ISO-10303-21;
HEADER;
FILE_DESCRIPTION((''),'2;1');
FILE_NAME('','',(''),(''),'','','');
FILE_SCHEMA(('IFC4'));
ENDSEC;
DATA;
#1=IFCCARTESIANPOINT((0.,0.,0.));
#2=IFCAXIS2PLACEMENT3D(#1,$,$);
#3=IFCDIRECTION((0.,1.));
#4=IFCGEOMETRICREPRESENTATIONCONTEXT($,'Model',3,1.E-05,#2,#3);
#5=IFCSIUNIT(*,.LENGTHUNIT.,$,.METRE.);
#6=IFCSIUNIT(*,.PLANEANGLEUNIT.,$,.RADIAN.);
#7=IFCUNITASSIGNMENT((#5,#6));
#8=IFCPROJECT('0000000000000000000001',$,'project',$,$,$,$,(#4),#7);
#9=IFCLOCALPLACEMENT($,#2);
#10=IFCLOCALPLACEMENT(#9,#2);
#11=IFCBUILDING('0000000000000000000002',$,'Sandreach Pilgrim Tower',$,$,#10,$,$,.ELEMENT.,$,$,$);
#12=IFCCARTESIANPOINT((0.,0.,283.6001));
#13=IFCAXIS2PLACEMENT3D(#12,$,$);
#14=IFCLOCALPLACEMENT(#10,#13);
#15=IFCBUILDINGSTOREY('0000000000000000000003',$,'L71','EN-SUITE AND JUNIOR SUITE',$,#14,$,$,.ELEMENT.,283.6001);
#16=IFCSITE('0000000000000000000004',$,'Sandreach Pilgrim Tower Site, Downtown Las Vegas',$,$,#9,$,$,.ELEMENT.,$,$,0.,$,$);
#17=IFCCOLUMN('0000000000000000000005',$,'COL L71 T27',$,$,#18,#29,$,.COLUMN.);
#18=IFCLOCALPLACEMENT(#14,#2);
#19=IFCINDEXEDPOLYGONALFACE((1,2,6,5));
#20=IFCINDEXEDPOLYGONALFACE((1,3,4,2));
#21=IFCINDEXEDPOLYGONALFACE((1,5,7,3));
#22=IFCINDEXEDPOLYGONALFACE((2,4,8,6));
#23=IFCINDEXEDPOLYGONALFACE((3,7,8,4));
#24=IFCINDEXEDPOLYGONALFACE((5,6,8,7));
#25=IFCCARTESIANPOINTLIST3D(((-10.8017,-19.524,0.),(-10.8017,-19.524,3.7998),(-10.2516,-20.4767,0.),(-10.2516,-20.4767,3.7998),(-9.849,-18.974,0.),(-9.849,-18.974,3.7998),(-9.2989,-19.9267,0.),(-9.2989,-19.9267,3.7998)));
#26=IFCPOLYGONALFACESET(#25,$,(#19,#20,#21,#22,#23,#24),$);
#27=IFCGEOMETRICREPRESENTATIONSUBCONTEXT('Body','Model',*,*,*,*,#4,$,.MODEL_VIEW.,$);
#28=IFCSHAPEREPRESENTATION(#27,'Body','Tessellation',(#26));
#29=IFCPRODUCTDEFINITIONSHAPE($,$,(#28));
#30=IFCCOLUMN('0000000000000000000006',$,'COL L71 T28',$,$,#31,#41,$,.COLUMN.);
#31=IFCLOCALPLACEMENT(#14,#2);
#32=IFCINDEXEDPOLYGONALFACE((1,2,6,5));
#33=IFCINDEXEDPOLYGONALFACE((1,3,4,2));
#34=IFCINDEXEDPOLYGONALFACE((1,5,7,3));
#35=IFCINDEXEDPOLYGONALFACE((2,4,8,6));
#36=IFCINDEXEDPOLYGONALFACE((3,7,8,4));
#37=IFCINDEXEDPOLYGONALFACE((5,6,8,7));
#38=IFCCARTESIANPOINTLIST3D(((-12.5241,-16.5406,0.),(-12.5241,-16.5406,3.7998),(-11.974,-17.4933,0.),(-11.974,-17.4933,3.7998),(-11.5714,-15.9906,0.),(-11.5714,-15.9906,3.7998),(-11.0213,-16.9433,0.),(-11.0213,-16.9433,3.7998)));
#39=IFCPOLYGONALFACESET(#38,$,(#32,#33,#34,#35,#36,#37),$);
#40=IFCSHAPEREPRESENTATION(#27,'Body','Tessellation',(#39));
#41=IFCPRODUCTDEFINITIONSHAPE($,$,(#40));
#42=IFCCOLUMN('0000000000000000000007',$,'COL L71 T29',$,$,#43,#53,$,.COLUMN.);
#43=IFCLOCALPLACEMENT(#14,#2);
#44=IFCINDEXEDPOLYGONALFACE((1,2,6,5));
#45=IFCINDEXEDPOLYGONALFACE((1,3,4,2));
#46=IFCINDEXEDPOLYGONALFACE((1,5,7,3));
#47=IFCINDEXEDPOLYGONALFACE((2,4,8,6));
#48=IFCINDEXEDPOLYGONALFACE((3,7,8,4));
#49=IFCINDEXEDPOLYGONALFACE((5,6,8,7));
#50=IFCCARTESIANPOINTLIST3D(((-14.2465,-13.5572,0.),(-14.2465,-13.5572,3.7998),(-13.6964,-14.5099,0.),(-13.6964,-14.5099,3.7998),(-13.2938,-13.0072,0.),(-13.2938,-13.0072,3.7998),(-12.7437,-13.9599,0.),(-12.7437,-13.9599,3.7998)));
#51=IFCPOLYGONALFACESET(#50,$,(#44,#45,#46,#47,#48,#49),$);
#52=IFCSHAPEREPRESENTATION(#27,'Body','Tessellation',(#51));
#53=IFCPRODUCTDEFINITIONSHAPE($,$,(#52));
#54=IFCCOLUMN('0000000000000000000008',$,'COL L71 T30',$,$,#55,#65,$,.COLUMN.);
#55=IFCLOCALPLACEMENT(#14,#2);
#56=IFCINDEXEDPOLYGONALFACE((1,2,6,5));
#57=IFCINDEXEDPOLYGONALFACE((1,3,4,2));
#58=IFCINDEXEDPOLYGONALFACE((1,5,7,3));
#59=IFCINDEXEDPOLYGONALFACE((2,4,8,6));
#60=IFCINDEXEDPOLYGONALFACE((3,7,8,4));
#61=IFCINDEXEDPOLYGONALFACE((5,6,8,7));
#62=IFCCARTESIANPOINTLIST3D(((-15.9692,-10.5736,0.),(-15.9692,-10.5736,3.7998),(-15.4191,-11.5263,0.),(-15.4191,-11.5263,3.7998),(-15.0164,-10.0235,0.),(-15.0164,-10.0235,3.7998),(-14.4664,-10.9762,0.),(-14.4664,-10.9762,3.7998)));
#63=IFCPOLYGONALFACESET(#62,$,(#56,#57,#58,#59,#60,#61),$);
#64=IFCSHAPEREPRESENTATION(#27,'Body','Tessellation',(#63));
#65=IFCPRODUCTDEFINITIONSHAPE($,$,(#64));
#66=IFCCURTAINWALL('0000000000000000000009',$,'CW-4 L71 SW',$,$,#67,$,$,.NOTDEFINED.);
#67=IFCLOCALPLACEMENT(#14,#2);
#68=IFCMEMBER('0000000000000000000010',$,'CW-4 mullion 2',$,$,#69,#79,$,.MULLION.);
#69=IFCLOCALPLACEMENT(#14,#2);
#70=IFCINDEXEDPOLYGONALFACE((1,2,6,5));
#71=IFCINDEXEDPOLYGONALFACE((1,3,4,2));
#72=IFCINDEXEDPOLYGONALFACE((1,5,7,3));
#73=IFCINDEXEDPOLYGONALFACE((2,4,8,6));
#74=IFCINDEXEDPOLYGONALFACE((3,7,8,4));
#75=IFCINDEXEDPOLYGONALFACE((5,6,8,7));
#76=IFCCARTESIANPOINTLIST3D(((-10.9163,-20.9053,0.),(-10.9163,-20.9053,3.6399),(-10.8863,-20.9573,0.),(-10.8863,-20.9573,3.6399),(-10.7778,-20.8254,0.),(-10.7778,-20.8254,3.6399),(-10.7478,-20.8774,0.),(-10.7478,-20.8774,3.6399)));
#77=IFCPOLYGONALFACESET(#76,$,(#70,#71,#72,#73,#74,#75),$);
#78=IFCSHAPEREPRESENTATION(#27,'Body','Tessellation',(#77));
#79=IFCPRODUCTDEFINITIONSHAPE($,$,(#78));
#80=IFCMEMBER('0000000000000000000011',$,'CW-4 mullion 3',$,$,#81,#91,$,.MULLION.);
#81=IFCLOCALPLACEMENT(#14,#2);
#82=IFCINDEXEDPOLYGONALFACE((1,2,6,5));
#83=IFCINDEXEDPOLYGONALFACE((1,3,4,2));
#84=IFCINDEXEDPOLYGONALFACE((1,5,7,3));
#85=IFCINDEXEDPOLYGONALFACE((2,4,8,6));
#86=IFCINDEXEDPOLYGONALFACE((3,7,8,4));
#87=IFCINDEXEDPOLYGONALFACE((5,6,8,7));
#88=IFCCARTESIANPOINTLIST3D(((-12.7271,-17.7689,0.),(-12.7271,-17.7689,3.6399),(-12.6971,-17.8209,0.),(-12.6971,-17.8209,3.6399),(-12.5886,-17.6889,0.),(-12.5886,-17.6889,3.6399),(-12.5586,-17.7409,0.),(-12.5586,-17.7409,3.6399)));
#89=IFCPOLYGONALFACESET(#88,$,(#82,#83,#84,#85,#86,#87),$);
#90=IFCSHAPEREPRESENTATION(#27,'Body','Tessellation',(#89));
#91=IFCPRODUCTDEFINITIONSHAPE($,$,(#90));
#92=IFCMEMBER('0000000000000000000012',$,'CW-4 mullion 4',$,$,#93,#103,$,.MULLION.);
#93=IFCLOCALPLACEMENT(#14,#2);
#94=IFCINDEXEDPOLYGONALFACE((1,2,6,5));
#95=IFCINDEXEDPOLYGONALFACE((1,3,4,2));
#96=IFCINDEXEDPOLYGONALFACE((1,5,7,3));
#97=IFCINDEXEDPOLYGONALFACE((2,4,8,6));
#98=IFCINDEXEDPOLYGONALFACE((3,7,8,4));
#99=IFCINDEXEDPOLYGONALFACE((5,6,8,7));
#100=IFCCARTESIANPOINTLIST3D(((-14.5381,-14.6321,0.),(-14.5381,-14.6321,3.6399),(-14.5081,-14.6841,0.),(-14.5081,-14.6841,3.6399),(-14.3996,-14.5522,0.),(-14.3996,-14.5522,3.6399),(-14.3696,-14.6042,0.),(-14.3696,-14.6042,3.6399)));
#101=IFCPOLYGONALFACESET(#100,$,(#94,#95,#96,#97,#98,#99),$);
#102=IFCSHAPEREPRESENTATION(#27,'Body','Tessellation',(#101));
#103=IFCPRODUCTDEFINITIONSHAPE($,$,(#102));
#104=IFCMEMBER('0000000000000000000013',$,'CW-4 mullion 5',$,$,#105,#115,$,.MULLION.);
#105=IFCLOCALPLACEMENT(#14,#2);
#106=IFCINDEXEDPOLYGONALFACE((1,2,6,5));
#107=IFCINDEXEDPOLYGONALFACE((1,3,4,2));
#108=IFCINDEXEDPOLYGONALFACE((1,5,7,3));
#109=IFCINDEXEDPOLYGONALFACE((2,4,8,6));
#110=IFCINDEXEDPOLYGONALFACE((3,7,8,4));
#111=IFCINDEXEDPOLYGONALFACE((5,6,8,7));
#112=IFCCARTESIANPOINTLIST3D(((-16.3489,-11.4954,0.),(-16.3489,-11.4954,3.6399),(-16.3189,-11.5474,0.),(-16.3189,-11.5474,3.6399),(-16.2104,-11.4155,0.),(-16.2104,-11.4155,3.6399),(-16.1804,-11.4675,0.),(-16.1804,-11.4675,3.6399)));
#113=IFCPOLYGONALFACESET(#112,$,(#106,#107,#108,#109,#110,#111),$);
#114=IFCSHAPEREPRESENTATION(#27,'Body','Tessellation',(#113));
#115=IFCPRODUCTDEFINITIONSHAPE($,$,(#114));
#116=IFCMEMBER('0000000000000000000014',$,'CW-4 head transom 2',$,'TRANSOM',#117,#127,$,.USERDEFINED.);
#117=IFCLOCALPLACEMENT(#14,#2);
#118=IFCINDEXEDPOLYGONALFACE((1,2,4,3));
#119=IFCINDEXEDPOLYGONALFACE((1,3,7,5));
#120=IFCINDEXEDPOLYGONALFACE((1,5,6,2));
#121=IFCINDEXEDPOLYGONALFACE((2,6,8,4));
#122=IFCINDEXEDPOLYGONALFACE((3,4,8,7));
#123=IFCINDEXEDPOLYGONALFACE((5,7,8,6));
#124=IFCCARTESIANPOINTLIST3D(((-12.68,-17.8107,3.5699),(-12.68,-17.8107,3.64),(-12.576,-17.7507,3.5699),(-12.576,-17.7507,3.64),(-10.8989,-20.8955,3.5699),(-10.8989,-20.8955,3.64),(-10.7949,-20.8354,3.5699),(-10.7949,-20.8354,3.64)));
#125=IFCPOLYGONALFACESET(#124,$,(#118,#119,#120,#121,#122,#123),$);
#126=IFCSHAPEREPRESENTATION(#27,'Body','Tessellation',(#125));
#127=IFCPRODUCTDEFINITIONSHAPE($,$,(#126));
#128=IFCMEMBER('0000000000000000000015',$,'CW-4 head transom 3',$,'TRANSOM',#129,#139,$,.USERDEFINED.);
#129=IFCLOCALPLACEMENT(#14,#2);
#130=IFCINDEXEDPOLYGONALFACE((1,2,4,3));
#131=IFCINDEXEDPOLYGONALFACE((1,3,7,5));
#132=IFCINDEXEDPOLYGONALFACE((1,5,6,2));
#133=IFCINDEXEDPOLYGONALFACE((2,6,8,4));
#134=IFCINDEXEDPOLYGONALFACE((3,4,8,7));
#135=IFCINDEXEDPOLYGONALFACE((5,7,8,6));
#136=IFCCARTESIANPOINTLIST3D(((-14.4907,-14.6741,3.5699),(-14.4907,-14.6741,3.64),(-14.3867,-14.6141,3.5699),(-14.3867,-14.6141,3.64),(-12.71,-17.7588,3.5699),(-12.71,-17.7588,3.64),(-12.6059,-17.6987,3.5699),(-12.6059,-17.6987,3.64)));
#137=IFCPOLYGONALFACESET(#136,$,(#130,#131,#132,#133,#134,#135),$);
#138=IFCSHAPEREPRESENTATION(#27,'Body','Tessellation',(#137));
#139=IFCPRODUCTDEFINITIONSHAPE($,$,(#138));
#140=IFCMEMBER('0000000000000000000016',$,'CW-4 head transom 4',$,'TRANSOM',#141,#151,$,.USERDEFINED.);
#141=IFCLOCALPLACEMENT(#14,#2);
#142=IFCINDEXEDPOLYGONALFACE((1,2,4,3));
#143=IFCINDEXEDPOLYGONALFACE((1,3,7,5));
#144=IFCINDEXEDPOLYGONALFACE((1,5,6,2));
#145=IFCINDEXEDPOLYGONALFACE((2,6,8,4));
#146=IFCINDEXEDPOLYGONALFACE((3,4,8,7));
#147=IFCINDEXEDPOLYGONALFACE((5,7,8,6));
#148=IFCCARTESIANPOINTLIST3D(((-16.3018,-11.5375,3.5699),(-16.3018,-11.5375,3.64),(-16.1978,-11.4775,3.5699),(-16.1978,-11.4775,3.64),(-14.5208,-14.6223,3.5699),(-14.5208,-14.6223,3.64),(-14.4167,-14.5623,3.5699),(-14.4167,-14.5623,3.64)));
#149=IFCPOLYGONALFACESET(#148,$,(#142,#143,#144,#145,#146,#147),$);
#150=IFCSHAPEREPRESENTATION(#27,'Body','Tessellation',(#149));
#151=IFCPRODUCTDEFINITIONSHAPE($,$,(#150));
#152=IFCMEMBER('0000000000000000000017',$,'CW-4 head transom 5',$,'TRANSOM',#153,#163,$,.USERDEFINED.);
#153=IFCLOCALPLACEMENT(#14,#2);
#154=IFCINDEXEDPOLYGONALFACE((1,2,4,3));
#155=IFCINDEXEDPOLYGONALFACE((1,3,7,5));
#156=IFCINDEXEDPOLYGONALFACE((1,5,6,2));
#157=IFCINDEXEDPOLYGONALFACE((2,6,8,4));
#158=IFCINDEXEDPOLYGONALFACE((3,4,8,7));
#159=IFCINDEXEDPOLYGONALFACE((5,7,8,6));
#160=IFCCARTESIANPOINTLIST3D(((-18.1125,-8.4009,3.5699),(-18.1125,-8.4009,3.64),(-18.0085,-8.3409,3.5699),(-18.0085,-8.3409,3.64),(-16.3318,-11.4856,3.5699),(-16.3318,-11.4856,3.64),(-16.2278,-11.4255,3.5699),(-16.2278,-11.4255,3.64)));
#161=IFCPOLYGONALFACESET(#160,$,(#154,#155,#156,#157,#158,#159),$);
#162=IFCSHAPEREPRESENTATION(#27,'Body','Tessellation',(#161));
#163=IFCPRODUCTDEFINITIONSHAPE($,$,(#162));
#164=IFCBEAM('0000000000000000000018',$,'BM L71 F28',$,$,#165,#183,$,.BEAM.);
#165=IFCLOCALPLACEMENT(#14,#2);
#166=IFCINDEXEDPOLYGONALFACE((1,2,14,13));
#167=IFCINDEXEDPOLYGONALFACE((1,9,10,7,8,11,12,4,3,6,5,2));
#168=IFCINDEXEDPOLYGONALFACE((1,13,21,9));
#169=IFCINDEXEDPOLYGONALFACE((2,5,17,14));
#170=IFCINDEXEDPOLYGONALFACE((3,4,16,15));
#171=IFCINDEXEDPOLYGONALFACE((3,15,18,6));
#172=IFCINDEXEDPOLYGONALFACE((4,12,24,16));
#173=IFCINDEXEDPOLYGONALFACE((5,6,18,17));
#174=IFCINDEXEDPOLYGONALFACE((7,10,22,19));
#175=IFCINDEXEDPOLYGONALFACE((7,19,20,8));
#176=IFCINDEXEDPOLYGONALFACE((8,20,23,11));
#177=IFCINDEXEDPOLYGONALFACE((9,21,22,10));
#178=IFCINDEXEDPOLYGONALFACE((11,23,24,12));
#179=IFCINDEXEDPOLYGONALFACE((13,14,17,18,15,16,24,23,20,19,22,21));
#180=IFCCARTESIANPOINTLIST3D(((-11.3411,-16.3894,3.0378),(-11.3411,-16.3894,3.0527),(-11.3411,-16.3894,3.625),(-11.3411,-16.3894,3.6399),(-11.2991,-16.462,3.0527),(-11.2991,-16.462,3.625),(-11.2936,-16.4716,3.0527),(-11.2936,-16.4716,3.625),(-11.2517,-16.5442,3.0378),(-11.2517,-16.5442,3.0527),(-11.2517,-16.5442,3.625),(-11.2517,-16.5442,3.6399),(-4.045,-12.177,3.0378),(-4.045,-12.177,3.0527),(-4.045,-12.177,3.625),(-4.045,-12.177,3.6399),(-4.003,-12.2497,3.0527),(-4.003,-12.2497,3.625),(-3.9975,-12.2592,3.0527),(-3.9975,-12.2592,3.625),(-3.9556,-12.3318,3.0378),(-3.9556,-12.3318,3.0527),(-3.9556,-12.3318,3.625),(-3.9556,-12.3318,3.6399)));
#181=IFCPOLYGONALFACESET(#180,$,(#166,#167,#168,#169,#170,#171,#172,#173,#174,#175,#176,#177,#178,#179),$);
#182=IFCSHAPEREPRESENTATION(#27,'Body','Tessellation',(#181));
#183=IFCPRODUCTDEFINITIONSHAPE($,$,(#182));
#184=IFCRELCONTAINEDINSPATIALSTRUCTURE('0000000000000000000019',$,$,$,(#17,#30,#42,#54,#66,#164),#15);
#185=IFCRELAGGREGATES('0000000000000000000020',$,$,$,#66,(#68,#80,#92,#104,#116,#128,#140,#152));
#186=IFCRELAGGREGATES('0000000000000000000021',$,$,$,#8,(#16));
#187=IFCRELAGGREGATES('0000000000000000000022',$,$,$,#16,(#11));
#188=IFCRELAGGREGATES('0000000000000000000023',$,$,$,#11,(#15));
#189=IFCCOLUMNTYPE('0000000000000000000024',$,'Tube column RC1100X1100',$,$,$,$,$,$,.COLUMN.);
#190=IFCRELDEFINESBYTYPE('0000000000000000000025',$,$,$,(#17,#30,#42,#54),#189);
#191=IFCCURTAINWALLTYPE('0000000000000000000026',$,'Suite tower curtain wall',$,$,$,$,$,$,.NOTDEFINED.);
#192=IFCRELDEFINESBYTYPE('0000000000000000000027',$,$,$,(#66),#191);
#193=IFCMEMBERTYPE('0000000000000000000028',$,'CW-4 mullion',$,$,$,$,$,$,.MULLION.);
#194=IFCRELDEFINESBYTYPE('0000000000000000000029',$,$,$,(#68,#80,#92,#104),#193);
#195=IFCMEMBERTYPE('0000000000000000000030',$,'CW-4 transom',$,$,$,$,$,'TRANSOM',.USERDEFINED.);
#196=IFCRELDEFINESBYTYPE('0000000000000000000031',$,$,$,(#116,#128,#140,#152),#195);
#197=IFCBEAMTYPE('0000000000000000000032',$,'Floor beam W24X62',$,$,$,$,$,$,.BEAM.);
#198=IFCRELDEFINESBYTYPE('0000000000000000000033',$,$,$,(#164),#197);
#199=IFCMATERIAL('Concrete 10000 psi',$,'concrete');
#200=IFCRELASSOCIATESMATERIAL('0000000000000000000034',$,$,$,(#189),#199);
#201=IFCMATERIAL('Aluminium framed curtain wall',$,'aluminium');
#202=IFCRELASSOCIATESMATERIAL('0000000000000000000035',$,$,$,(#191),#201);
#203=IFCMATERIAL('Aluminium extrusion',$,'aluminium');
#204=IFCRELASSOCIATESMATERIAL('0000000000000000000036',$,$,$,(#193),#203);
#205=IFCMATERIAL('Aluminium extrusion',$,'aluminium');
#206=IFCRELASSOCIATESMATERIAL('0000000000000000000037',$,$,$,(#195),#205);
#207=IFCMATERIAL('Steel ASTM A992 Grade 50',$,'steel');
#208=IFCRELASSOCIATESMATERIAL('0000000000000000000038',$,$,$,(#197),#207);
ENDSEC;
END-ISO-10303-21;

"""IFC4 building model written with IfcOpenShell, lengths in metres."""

from ifc_helpers import new_model, si_unit, direction, frame, origin, origin_2d, place, context, subcontext, project, spatial, rectangle, i_section, extrude, material, material_profile, profile_set, type_object, element, aggregate, save


model = new_model("IFC4")

# Units and contexts
model_context = context("Model", 3, precision=1e-05, world=origin(), true_north=direction((0.0, 1.0)))
body_context = subcontext(model_context, "Body", "Model", "MODEL_VIEW")
ifc_project = project(units=[si_unit("LENGTHUNIT", "METRE"), si_unit("PLANEANGLEUNIT", "RADIAN")], contexts=[model_context])

# Site, building, storey
site_placement = place(None, origin())
site = spatial("IfcSite", under=ifc_project, at=site_placement, Name="Sandreach Pilgrim Tower Site, Downtown Las Vegas", CompositionType="ELEMENT", RefElevation=0.0)
building_placement = place(site_placement, origin())
building = spatial("IfcBuilding", under=site, at=building_placement, Name="Sandreach Pilgrim Tower", CompositionType="ELEMENT")
storey_placement = place(building_placement, frame((0.0, 0.0, 283.6001)))
storey = spatial("IfcBuildingStorey", under=building, at=storey_placement, Name="L71", Description="EN-SUITE AND JUNIOR SUITE", CompositionType="ELEMENT", Elevation=283.6001)

# Columns
ifc_material_1 = material(Name="Concrete 10000 psi", Category="concrete")
ifc_material_profile_1 = material_profile(ifc_material_1, rectangle(XDim=1.1001, YDim=1.1001, at=origin_2d()), Name="RC1100X1100")
ifc_profile_set_1 = profile_set([ifc_material_profile_1], Name="Concrete 10000 psi")
column_type = type_object("IfcColumnType", Name="Tube column RC1100X1100", PredefinedType="COLUMN", material=ifc_profile_set_1)
for number, where, z_axis, x_axis, name in (
    (1, (-10.0503, -19.7253, 0.0), (0.0, 0.0, 1.0), (-0.866025, -0.5, 0.0), "COL L71 T27"),
    (2, (-11.7727, -16.7419, 0.0), (0.0, 0.0, 1.0), (-0.866025, -0.5, 0.0), "COL L71 T28"),
    (3, (-13.4951, -13.7585, 0.0), (0.0, 0.0, 1.0), (-0.866025, -0.5, 0.0), "COL L71 T29"),
    (4, (-15.2178, -10.7749, 0.0), (0.0, 0.0, 1.0), (-0.866025, -0.5, 0.0), "COL L71 T30"),
):
    element("IfcColumn", number, at=place(storey_placement, frame(where, z_axis=z_axis, x_axis=x_axis)), inside=storey, type_object=column_type, Name=name, PredefinedType="COLUMN", context=body_context, shape_type="SweptSolid", body=[
        extrude(rectangle(XDim=1.1001, YDim=1.1001, at=origin_2d()), origin(), (0.0, 0.0, 1.0), 3.7998),
    ])

# Curtain wall, members
ifc_material_2 = material(Name="Aluminium framed curtain wall", Category="aluminium")
curtain_wall_type = type_object("IfcCurtainWallType", Name="Suite tower curtain wall", PredefinedType="NOTDEFINED", material=ifc_material_2)
curtain_wall_placement = place(storey_placement, origin())
curtain_wall = element("IfcCurtainWall", 5, at=curtain_wall_placement, inside=storey, type_object=curtain_wall_type, Name="CW-4 L71 SW", PredefinedType="NOTDEFINED")
ifc_material_3 = material(Name="Aluminium extrusion", Category="aluminium")
ifc_material_profile_2 = material_profile(ifc_material_3, rectangle(XDim=0.0601, YDim=0.1599, at=origin_2d()), Name="CW-4M 60X160")
ifc_profile_set_2 = profile_set([ifc_material_profile_2], Name="Aluminium extrusion")
member_type_1 = type_object("IfcMemberType", Name="CW-4 mullion", PredefinedType="MULLION", material=ifc_profile_set_2)
member_1_placement = place(storey_placement, frame((-10.832, -20.8914, 0.0), z_axis=(0.0, 0.0, 1.0), x_axis=(-0.5, 0.866025, 0.0)))
member_1 = element("IfcMember", 6, at=member_1_placement, type_object=member_type_1, Name="CW-4 mullion 2", PredefinedType="MULLION", context=body_context, shape_type="SweptSolid", body=[
    extrude(rectangle(XDim=0.0601, YDim=0.1599, at=origin_2d()), origin(), (0.0, 0.0, 1.0), 3.6399),
])
member_2_placement = place(storey_placement, frame((-12.6428, -17.7549, 0.0), z_axis=(0.0, 0.0, 1.0), x_axis=(-0.5, 0.866025, 0.0)))
member_2 = element("IfcMember", 7, at=member_2_placement, type_object=member_type_1, Name="CW-4 mullion 3", PredefinedType="MULLION", context=body_context, shape_type="SweptSolid", body=[
    extrude(rectangle(XDim=0.0601, YDim=0.1599, at=origin_2d()), origin(), (0.0, 0.0, 1.0), 3.6399),
])
member_3_placement = place(storey_placement, frame((-14.4539, -14.6182, 0.0), z_axis=(0.0, 0.0, 1.0), x_axis=(-0.5, 0.866025, 0.0)))
member_3 = element("IfcMember", 8, at=member_3_placement, type_object=member_type_1, Name="CW-4 mullion 4", PredefinedType="MULLION", context=body_context, shape_type="SweptSolid", body=[
    extrude(rectangle(XDim=0.0601, YDim=0.1599, at=origin_2d()), origin(), (0.0, 0.0, 1.0), 3.6399),
])
member_4_placement = place(storey_placement, frame((-16.2646, -11.4814, 0.0), z_axis=(0.0, 0.0, 1.0), x_axis=(-0.5, 0.866025, 0.0)))
member_4 = element("IfcMember", 9, at=member_4_placement, type_object=member_type_1, Name="CW-4 mullion 5", PredefinedType="MULLION", context=body_context, shape_type="SweptSolid", body=[
    extrude(rectangle(XDim=0.0601, YDim=0.1599, at=origin_2d()), origin(), (0.0, 0.0, 1.0), 3.6399),
])
ifc_material_4 = material(Name="Aluminium extrusion", Category="aluminium")
ifc_material_profile_3 = material_profile(ifc_material_4, rectangle(XDim=0.1201, YDim=0.0701, at=origin_2d()), Name="CW-4T 120X70")
ifc_profile_set_3 = profile_set([ifc_material_profile_3], Name="Aluminium extrusion")
member_type_2 = type_object("IfcMemberType", Name="CW-4 transom", ElementType="TRANSOM", PredefinedType="USERDEFINED", material=ifc_profile_set_3)
member_5_placement = place(storey_placement, frame((-10.8469, -20.8655, 3.605), z_axis=(-0.500009, 0.86602, 0.0), x_axis=(-0.86602, -0.500009, 0.0)))
member_5 = element("IfcMember", 10, at=member_5_placement, type_object=member_type_2, Name="CW-4 head transom 2", ObjectType="TRANSOM", PredefinedType="USERDEFINED", context=body_context, shape_type="SweptSolid", body=[
    extrude(rectangle(XDim=0.1201, YDim=0.0701, at=origin_2d()), origin(), (0.0, 0.0, 1.0), 3.562),
])
member_6_placement = place(storey_placement, frame((-12.658, -17.7288, 3.605), z_axis=(-0.499958, 0.86605, 0.0), x_axis=(-0.86605, -0.499958, 0.0)))
member_6 = element("IfcMember", 11, at=member_6_placement, type_object=member_type_2, Name="CW-4 head transom 3", ObjectType="TRANSOM", PredefinedType="USERDEFINED", context=body_context, shape_type="SweptSolid", body=[
    extrude(rectangle(XDim=0.1201, YDim=0.0701, at=origin_2d()), origin(), (0.0, 0.0, 1.0), 3.5618),
])
member_7_placement = place(storey_placement, frame((-14.4688, -14.5923, 3.605), z_axis=(-0.500009, 0.86602, 0.0), x_axis=(-0.86602, -0.500009, 0.0)))
member_7 = element("IfcMember", 12, at=member_7_placement, type_object=member_type_2, Name="CW-4 head transom 4", ObjectType="TRANSOM", PredefinedType="USERDEFINED", context=body_context, shape_type="SweptSolid", body=[
    extrude(rectangle(XDim=0.1201, YDim=0.0701, at=origin_2d()), origin(), (0.0, 0.0, 1.0), 3.562),
])
member_8_placement = place(storey_placement, frame((-16.2798, -11.4556, 3.605), z_axis=(-0.499958, 0.86605, 0.0), x_axis=(-0.86605, -0.499958, 0.0)))
member_8 = element("IfcMember", 13, at=member_8_placement, type_object=member_type_2, Name="CW-4 head transom 5", ObjectType="TRANSOM", PredefinedType="USERDEFINED", context=body_context, shape_type="SweptSolid", body=[
    extrude(rectangle(XDim=0.1201, YDim=0.0701, at=origin_2d()), origin(), (0.0, 0.0, 1.0), 3.5618),
])

# Beam
ifc_material_5 = material(Name="Steel ASTM A992 Grade 50", Category="steel")
ifc_material_profile_4 = material_profile(ifc_material_5, i_section(OverallWidth=0.1787, OverallDepth=0.6021, WebThickness=0.011, FlangeThickness=0.0149, at=origin_2d()), Name="W24X62")
ifc_profile_set_4 = profile_set([ifc_material_profile_4], Name="Steel ASTM A992 Grade 50")
beam_type_1 = type_object("IfcBeamType", Name="Floor beam W24X62", PredefinedType="BEAM", material=ifc_profile_set_4)
beam_1_placement = place(storey_placement, frame((-11.2964, -16.4668, 3.3389), z_axis=(0.866027, 0.499998, 0.0), x_axis=(-0.499998, 0.866027, 0.0)))
element("IfcBeam", 14, at=beam_1_placement, inside=storey, type_object=beam_type_1, Name="BM L71 F28", PredefinedType="BEAM", context=body_context, shape_type="SweptSolid", body=[
    extrude(i_section(OverallWidth=0.1787, OverallDepth=0.6021, WebThickness=0.011, FlangeThickness=0.0149, at=origin_2d()), origin(), (0.0, 0.0, 1.0), 8.4248),
])

aggregate(curtain_wall, [member_1, member_2, member_3, member_4, member_5, member_6, member_7, member_8])

save(model, "model.ifc")
